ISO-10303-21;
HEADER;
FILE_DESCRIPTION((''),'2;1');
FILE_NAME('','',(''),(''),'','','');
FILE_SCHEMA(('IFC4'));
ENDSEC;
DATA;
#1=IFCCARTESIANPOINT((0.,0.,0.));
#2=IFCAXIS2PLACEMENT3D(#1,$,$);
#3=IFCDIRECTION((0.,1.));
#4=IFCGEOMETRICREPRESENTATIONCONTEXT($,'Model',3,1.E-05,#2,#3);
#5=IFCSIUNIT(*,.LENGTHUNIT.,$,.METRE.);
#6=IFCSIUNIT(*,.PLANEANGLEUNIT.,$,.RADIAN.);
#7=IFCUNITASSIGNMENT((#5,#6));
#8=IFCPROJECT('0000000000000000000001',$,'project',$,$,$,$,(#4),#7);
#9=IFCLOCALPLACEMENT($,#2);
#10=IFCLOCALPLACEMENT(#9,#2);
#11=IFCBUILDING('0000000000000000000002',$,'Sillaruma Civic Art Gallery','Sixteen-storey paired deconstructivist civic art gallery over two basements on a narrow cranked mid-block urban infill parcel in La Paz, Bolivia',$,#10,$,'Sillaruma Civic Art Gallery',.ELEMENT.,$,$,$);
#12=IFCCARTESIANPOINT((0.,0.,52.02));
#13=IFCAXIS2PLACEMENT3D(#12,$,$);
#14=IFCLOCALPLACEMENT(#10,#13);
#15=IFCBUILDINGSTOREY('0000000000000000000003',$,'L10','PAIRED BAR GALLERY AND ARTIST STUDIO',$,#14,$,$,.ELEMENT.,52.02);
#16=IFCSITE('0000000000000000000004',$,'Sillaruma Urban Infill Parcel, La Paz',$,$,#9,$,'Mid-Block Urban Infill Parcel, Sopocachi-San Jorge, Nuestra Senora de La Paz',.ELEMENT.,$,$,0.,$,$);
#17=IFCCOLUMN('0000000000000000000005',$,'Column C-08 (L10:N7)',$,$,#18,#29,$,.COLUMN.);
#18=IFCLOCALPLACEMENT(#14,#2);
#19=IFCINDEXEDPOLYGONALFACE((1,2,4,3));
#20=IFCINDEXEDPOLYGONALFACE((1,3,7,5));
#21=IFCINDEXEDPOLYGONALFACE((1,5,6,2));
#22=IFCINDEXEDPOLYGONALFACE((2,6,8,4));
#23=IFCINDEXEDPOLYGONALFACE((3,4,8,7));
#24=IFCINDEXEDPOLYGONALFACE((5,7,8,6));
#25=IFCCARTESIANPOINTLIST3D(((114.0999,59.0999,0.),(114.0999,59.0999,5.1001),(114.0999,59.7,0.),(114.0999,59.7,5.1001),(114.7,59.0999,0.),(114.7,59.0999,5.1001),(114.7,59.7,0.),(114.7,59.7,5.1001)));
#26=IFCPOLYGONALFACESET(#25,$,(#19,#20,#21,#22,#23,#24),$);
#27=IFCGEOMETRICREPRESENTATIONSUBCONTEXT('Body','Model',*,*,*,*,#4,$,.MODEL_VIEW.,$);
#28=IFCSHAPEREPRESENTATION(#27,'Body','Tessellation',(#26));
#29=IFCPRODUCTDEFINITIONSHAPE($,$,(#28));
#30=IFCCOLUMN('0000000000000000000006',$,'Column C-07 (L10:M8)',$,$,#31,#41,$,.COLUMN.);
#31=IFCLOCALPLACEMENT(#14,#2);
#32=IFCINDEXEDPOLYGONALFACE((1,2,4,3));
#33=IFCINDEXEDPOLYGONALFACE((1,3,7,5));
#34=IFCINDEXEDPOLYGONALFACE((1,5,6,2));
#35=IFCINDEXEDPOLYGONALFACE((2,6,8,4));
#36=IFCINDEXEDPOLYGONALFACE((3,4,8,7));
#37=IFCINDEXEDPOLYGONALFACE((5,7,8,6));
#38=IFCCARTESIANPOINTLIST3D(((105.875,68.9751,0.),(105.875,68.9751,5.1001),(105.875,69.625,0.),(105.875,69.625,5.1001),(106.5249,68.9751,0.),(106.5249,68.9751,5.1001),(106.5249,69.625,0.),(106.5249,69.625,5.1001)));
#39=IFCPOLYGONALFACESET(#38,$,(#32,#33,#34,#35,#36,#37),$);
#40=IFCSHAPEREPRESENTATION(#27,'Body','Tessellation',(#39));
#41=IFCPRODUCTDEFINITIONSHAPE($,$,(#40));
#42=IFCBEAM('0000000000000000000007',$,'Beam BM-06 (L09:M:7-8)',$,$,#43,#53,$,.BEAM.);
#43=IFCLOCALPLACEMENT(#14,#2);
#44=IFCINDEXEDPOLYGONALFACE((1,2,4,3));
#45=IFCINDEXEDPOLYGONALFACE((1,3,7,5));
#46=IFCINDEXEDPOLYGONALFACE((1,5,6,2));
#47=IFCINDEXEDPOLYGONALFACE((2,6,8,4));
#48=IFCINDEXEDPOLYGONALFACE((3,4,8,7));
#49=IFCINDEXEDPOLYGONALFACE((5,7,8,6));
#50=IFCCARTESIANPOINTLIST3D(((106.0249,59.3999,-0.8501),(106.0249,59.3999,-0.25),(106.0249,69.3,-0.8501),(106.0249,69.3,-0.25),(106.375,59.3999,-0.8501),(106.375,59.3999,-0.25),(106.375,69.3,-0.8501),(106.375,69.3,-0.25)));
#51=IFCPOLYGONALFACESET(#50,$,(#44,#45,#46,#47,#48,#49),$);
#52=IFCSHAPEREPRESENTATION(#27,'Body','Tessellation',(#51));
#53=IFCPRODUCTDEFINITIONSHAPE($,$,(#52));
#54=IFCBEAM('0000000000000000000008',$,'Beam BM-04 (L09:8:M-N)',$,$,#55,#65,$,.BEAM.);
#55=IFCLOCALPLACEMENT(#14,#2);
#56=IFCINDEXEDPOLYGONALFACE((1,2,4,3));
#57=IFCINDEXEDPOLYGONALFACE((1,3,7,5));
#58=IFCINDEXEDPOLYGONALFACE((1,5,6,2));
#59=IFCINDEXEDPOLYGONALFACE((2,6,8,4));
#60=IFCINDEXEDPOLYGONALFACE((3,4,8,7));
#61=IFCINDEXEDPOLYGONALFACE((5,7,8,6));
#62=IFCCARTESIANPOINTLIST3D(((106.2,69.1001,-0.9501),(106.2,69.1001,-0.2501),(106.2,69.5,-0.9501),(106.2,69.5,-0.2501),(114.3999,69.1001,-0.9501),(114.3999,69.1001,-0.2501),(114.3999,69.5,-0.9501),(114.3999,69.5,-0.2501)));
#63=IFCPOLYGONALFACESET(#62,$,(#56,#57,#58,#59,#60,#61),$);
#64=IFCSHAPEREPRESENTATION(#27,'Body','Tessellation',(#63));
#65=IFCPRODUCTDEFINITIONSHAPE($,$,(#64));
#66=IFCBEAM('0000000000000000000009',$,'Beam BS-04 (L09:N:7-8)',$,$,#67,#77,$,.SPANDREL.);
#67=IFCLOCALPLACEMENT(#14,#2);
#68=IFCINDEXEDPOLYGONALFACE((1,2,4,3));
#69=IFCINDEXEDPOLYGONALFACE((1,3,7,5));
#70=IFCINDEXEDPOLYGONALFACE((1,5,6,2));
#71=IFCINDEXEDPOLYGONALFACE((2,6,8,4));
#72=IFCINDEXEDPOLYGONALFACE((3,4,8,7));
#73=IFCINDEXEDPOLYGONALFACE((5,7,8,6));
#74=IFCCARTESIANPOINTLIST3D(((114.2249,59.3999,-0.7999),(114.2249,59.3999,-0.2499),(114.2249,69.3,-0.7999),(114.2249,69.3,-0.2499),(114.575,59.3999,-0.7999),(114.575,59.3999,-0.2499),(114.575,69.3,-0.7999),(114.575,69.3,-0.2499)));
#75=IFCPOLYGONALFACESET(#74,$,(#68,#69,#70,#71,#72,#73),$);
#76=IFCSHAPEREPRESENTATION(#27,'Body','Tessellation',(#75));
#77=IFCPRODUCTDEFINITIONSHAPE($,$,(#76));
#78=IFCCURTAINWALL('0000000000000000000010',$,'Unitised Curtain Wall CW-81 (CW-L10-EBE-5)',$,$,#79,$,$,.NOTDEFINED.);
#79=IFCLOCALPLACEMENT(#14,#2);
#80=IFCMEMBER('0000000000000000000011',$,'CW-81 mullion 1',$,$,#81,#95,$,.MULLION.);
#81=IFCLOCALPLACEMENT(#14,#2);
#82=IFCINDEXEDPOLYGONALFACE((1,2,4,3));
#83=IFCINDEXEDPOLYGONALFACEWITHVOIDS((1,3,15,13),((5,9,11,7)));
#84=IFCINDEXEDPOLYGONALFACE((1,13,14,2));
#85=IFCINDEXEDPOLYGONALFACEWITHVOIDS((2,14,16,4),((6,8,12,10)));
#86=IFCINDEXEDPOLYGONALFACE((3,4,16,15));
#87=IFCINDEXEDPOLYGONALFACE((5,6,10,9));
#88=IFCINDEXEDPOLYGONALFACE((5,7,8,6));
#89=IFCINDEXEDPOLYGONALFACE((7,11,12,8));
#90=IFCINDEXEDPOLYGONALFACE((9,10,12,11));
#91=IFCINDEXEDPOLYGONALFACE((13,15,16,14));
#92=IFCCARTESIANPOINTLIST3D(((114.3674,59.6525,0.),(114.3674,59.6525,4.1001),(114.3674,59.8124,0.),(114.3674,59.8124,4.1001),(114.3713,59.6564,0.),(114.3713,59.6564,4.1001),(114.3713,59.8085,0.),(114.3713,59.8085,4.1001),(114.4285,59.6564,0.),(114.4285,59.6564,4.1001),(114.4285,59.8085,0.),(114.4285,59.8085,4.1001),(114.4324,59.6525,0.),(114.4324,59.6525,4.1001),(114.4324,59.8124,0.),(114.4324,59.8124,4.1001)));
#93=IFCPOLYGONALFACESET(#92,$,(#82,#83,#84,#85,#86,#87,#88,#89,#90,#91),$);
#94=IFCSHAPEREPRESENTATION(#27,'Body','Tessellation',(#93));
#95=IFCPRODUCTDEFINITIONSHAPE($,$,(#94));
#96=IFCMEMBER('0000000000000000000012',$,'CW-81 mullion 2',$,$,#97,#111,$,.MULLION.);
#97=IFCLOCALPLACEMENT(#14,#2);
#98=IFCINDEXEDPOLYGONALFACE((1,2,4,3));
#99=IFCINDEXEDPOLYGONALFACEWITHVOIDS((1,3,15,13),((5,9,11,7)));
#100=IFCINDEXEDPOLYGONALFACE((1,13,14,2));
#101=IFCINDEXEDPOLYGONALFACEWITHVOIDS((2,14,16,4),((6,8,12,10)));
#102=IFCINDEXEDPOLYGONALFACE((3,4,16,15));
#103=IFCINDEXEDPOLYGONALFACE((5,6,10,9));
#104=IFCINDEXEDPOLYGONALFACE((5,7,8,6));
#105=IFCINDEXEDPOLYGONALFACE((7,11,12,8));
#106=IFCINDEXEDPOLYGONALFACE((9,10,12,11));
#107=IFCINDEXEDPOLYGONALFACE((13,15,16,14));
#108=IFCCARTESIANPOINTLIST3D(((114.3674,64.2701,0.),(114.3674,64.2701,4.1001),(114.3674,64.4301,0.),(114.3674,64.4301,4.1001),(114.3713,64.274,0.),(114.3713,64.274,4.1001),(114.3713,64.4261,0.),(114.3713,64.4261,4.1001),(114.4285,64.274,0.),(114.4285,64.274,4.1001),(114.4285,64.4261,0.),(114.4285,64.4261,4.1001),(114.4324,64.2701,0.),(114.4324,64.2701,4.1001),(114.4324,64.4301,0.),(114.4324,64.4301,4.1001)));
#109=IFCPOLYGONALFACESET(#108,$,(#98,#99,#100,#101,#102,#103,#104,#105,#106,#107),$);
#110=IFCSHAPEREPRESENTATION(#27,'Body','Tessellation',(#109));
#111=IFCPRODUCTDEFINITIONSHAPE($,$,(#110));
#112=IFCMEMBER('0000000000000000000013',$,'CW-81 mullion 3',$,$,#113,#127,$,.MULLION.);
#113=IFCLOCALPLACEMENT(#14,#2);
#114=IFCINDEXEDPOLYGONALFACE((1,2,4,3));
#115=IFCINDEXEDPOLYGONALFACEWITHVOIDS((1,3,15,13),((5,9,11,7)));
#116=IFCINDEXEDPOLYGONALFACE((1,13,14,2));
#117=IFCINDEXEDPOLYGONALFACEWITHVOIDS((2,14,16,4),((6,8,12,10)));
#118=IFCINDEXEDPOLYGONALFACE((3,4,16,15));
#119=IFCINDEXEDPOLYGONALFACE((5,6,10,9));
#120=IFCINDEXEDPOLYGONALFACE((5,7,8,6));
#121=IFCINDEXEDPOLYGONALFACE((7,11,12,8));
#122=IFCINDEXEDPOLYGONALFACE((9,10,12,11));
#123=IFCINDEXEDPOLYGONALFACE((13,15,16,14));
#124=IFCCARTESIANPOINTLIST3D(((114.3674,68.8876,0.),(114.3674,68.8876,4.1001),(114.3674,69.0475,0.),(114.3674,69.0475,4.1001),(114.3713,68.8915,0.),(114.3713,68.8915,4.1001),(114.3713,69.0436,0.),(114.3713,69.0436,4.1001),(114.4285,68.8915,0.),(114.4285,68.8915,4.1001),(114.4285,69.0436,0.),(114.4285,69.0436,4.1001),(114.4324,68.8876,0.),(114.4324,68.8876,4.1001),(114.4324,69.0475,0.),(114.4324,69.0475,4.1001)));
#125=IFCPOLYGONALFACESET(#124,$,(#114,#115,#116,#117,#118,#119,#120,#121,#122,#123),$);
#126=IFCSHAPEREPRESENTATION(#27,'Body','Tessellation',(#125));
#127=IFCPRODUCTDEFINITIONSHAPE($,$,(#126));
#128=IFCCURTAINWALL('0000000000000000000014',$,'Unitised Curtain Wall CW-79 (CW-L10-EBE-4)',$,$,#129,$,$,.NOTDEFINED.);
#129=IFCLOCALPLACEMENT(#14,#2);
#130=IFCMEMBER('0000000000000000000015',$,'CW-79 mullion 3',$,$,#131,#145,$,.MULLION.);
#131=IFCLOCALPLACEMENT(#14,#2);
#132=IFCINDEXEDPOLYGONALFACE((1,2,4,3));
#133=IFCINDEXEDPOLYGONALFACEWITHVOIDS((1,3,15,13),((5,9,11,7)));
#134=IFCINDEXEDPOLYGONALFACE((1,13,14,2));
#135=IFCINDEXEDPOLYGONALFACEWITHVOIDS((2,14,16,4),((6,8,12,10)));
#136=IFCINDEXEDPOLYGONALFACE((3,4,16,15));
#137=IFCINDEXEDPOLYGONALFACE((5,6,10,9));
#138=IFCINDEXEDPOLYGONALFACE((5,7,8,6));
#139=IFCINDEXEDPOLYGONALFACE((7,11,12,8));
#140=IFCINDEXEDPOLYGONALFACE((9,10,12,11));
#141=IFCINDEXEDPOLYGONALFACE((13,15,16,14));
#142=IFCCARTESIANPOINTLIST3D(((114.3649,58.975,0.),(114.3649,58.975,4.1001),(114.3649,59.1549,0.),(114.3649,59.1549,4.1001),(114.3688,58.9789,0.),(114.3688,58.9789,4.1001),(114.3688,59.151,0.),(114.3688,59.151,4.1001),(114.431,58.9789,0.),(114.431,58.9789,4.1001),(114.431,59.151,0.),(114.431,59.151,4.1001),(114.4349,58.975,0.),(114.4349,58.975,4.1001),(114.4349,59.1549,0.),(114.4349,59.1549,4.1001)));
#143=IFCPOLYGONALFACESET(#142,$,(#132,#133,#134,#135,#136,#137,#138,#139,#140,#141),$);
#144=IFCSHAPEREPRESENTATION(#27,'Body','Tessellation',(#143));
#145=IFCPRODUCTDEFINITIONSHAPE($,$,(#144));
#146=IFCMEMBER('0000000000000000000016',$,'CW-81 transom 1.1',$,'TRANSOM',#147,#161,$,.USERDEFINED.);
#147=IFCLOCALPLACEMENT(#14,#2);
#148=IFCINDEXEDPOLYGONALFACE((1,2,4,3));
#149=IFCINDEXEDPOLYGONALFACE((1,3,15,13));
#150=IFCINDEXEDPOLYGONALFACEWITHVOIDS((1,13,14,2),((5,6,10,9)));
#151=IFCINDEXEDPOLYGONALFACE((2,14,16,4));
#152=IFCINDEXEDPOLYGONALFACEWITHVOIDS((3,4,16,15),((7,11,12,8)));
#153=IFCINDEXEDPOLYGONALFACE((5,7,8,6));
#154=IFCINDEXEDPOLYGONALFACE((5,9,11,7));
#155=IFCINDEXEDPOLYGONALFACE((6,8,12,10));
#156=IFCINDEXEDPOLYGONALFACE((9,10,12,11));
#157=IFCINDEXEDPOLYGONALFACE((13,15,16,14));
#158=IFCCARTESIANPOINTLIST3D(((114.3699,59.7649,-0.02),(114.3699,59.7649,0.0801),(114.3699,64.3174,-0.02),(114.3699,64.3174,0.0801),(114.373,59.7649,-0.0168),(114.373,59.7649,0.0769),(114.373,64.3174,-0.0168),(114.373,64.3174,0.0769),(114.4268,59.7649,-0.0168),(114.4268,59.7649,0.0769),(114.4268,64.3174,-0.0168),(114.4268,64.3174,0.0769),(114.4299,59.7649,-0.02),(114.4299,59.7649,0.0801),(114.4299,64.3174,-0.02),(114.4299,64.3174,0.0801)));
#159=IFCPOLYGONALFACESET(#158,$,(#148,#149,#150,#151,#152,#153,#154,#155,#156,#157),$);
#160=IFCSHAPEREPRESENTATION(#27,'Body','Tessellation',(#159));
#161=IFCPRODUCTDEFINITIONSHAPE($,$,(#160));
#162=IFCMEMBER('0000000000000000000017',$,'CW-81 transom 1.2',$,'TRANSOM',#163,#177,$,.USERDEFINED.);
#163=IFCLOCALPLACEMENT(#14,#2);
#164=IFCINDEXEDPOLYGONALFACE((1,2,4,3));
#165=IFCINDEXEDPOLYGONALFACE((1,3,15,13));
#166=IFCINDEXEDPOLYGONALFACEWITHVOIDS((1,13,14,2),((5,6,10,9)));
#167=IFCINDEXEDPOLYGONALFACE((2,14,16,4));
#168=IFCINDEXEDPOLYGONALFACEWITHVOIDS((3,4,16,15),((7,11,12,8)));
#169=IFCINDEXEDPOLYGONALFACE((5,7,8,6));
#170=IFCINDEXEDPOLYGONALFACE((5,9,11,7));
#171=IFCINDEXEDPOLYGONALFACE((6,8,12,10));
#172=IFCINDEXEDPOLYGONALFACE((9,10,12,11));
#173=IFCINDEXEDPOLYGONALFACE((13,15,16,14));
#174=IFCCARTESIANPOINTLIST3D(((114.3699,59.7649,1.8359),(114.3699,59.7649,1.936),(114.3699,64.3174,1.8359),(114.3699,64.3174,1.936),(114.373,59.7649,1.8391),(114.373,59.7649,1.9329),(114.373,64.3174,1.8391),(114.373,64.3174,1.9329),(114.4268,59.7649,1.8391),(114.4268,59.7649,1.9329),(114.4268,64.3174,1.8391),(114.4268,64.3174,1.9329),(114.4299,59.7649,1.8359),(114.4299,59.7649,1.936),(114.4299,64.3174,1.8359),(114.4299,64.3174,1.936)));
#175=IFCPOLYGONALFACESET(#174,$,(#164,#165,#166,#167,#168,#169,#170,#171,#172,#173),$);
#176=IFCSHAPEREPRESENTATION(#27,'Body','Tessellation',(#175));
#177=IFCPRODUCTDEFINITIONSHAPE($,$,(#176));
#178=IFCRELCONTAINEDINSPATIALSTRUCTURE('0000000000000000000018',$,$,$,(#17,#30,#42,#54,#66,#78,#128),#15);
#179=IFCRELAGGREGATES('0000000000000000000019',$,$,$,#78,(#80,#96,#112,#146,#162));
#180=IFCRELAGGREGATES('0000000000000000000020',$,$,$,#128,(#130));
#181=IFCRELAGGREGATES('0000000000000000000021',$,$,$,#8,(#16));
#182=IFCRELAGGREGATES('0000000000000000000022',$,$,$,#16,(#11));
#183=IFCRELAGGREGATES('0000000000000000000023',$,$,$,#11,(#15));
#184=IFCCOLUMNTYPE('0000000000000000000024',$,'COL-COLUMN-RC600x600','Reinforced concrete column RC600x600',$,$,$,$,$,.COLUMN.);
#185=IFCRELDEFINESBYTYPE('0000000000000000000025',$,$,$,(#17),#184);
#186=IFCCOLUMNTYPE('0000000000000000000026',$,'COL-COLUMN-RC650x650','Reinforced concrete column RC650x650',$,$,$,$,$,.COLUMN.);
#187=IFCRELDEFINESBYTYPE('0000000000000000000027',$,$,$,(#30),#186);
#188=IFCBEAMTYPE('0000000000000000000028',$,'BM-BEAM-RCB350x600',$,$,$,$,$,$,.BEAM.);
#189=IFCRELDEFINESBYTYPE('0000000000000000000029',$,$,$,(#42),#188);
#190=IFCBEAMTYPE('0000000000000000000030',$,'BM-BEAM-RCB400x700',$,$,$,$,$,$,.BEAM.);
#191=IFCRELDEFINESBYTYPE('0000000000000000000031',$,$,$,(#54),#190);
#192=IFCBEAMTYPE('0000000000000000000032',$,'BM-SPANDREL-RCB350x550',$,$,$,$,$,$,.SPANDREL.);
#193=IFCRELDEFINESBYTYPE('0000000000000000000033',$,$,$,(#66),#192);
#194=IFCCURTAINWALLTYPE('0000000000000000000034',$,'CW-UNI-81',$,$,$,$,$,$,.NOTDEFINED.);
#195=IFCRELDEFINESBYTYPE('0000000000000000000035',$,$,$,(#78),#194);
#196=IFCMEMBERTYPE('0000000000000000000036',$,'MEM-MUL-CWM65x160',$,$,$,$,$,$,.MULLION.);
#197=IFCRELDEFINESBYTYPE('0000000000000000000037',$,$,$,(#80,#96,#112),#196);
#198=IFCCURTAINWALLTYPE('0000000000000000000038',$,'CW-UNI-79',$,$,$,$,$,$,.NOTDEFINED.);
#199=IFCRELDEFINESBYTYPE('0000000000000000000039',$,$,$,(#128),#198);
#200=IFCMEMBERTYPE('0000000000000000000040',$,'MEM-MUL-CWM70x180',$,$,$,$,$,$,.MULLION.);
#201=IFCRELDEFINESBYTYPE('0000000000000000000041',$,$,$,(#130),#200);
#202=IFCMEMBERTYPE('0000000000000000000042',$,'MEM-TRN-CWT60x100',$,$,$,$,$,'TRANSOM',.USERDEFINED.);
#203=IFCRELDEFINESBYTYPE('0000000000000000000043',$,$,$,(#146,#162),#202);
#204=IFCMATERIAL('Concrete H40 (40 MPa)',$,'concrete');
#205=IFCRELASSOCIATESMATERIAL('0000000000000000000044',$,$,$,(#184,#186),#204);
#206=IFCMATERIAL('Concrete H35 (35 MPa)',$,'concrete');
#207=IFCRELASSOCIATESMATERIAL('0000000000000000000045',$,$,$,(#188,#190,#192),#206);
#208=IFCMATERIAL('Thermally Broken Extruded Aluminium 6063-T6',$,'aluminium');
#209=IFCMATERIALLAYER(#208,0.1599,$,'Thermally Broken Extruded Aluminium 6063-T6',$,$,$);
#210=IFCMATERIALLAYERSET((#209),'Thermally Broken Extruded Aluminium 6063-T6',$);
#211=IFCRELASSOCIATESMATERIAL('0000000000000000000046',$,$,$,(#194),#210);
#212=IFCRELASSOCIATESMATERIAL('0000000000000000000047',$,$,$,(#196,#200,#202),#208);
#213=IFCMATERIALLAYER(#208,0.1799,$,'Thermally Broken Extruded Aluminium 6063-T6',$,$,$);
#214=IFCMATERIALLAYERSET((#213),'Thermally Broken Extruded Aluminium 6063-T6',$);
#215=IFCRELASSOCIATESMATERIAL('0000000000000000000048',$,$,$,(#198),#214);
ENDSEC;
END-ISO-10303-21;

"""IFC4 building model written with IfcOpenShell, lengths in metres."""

from ifc_helpers import new_model, si_unit, direction, frame, origin, origin_2d, place, context, subcontext, project, spatial, rectangle, hollow_rectangle, extrude, material, layer, layer_set, material_profile, profile_set, type_object, element, aggregate, save


model = new_model("IFC4")

# Units and contexts
model_context = context("Model", 3, precision=1e-05, world=origin(), true_north=direction((0.0, 1.0)))
body_context = subcontext(model_context, "Body", "Model", "MODEL_VIEW")
ifc_project = project(units=[si_unit("LENGTHUNIT", "METRE"), si_unit("PLANEANGLEUNIT", "RADIAN")], contexts=[model_context])

# Site, building, storey
site_placement = place(None, origin())
site = spatial("IfcSite", under=ifc_project, at=site_placement, Name="Sillaruma Urban Infill Parcel, La Paz", LongName="Mid-Block Urban Infill Parcel, Sopocachi-San Jorge, Nuestra Senora de La Paz", CompositionType="ELEMENT", RefElevation=0.0)
building_placement = place(site_placement, origin())
building = spatial("IfcBuilding", under=site, at=building_placement, Name="Sillaruma Civic Art Gallery", Description="Sixteen-storey paired deconstructivist civic art gallery over two basements on a narrow cranked mid-block urban infill parcel in La Paz, Bolivia", LongName="Sillaruma Civic Art Gallery", CompositionType="ELEMENT")
storey_placement = place(building_placement, frame((0.0, 0.0, 52.02)))
storey = spatial("IfcBuildingStorey", under=building, at=storey_placement, Name="L10", Description="PAIRED BAR GALLERY AND ARTIST STUDIO", CompositionType="ELEMENT", Elevation=52.02)

# Columns
ifc_material_1 = material(Name="Concrete H40 (40 MPa)", Category="concrete")
ifc_material_profile_1 = material_profile(ifc_material_1, rectangle(XDim=0.6001, YDim=0.6001, at=origin_2d()), Name="RC600x600")
ifc_profile_set_1 = profile_set([ifc_material_profile_1], Name="Concrete H40 (40 MPa)")
column_type_1 = type_object("IfcColumnType", Name="COL-COLUMN-RC600x600", Description="Reinforced concrete column RC600x600", PredefinedType="COLUMN", material=ifc_profile_set_1)
column_1_placement = place(storey_placement, frame((114.3999, 59.3999, 0.0), z_axis=(0.0, 0.0, 1.0), x_axis=(1.0, 0.0, 0.0)))
element("IfcColumn", 1, at=column_1_placement, inside=storey, type_object=column_type_1, Name="Column C-08 (L10:N7)", PredefinedType="COLUMN", context=body_context, shape_type="SweptSolid", body=[
    extrude(rectangle(XDim=0.6001, YDim=0.6001, at=origin_2d()), origin(), (0.0, 0.0, 1.0), 5.1001),
])
ifc_material_profile_2 = material_profile(ifc_material_1, rectangle(XDim=0.6499, YDim=0.6499, at=origin_2d()), Name="RC650x650")
ifc_profile_set_2 = profile_set([ifc_material_profile_2], Name="Concrete H40 (40 MPa)")
column_type_2 = type_object("IfcColumnType", Name="COL-COLUMN-RC650x650", Description="Reinforced concrete column RC650x650", PredefinedType="COLUMN", material=ifc_profile_set_2)
column_2_placement = place(storey_placement, frame((106.2, 69.3, 0.0), z_axis=(0.0, 0.0, 1.0), x_axis=(1.0, 0.0, 0.0)))
element("IfcColumn", 2, at=column_2_placement, inside=storey, type_object=column_type_2, Name="Column C-07 (L10:M8)", PredefinedType="COLUMN", context=body_context, shape_type="SweptSolid", body=[
    extrude(rectangle(XDim=0.6499, YDim=0.6499, at=origin_2d()), origin(), (0.0, 0.0, 1.0), 5.1001),
])

# Beams
ifc_material_2 = material(Name="Concrete H35 (35 MPa)", Category="concrete")
ifc_material_profile_3 = material_profile(ifc_material_2, rectangle(XDim=0.3501, YDim=0.6001, at=origin_2d()), Name="RCB350x600")
ifc_profile_set_3 = profile_set([ifc_material_profile_3], Name="Concrete H35 (35 MPa)")
beam_type_1 = type_object("IfcBeamType", Name="BM-BEAM-RCB350x600", PredefinedType="BEAM", material=ifc_profile_set_3)
beam_1_placement = place(storey_placement, frame((106.2, 59.3999, -0.55), z_axis=(0.0, 1.0, 0.0), x_axis=(-1.0, 0.0, 0.0)))
element("IfcBeam", 3, at=beam_1_placement, inside=storey, type_object=beam_type_1, Name="Beam BM-06 (L09:M:7-8)", PredefinedType="BEAM", context=body_context, shape_type="SweptSolid", body=[
    extrude(rectangle(XDim=0.3501, YDim=0.6001, at=origin_2d()), origin(), (0.0, 0.0, 1.0), 9.9001),
])
ifc_material_profile_4 = material_profile(ifc_material_2, rectangle(XDim=0.3999, YDim=0.7, at=origin_2d()), Name="RCB400x700")
ifc_profile_set_4 = profile_set([ifc_material_profile_4], Name="Concrete H35 (35 MPa)")
beam_type_2 = type_object("IfcBeamType", Name="BM-BEAM-RCB400x700", PredefinedType="BEAM", material=ifc_profile_set_4)
beam_2_placement = place(storey_placement, frame((106.2, 69.3, -0.6001), z_axis=(1.0, 0.0, 0.0), x_axis=(0.0, 1.0, 0.0)))
element("IfcBeam", 4, at=beam_2_placement, inside=storey, type_object=beam_type_2, Name="Beam BM-04 (L09:8:M-N)", PredefinedType="BEAM", context=body_context, shape_type="SweptSolid", body=[
    extrude(rectangle(XDim=0.3999, YDim=0.7, at=origin_2d()), origin(), (0.0, 0.0, 1.0), 8.2),
])
ifc_material_profile_5 = material_profile(ifc_material_2, rectangle(XDim=0.3501, YDim=0.55, at=origin_2d()), Name="RCB350x550")
ifc_profile_set_5 = profile_set([ifc_material_profile_5], Name="Concrete H35 (35 MPa)")
beam_type_3 = type_object("IfcBeamType", Name="BM-SPANDREL-RCB350x550", PredefinedType="SPANDREL", material=ifc_profile_set_5)
beam_3_placement = place(storey_placement, frame((114.3999, 59.3999, -0.5249), z_axis=(0.0, 1.0, 0.0), x_axis=(-1.0, 0.0, 0.0)))
element("IfcBeam", 5, at=beam_3_placement, inside=storey, type_object=beam_type_3, Name="Beam BS-04 (L09:N:7-8)", PredefinedType="SPANDREL", context=body_context, shape_type="SweptSolid", body=[
    extrude(rectangle(XDim=0.3501, YDim=0.55, at=origin_2d()), origin(), (0.0, 0.0, 1.0), 9.9001),
])

# Curtain wall, members
ifc_material_3 = material(Name="Thermally Broken Extruded Aluminium 6063-T6", Category="aluminium")
ifc_layer_1 = layer(ifc_material_3, 0.1599, Name="Thermally Broken Extruded Aluminium 6063-T6")
ifc_layer_set_1 = layer_set([ifc_layer_1], Name="Thermally Broken Extruded Aluminium 6063-T6")
curtain_wall_type_1 = type_object("IfcCurtainWallType", Name="CW-UNI-81", PredefinedType="NOTDEFINED", material=ifc_layer_set_1)
curtain_wall_1_placement = place(storey_placement, origin())
curtain_wall_1 = element("IfcCurtainWall", 6, at=curtain_wall_1_placement, inside=storey, type_object=curtain_wall_type_1, Name="Unitised Curtain Wall CW-81 (CW-L10-EBE-5)", PredefinedType="NOTDEFINED")
ifc_material_profile_6 = material_profile(ifc_material_3, hollow_rectangle(XDim=0.0649, YDim=0.1599, WallThickness=0.0039, at=origin_2d()), Name="CWM65x160")
ifc_profile_set_6 = profile_set([ifc_material_profile_6], Name="Thermally Broken Extruded Aluminium 6063-T6")
member_type_1 = type_object("IfcMemberType", Name="MEM-MUL-CWM65x160", PredefinedType="MULLION", material=ifc_profile_set_6)
member_1_placement = place(storey_placement, frame((114.3999, 59.7324, 0.0), z_axis=(0.0, 0.0, 1.0), x_axis=(-1.0, 0.0, 0.0)))
member_1 = element("IfcMember", 7, at=member_1_placement, type_object=member_type_1, Name="CW-81 mullion 1", PredefinedType="MULLION", context=body_context, shape_type="SweptSolid", body=[
    extrude(hollow_rectangle(XDim=0.0649, YDim=0.1599, WallThickness=0.0039, at=origin_2d()), origin(), (0.0, 0.0, 1.0), 4.1001),
])
member_2_placement = place(storey_placement, frame((114.3999, 64.3501, 0.0), z_axis=(0.0, 0.0, 1.0), x_axis=(-1.0, 0.0, 0.0)))
member_2 = element("IfcMember", 8, at=member_2_placement, type_object=member_type_1, Name="CW-81 mullion 2", PredefinedType="MULLION", context=body_context, shape_type="SweptSolid", body=[
    extrude(hollow_rectangle(XDim=0.0649, YDim=0.1599, WallThickness=0.0039, at=origin_2d()), origin(), (0.0, 0.0, 1.0), 4.1001),
])
member_3_placement = place(storey_placement, frame((114.3999, 68.9675, 0.0), z_axis=(0.0, 0.0, 1.0), x_axis=(-1.0, 0.0, 0.0)))
member_3 = element("IfcMember", 9, at=member_3_placement, type_object=member_type_1, Name="CW-81 mullion 3", PredefinedType="MULLION", context=body_context, shape_type="SweptSolid", body=[
    extrude(hollow_rectangle(XDim=0.0649, YDim=0.1599, WallThickness=0.0039, at=origin_2d()), origin(), (0.0, 0.0, 1.0), 4.1001),
])

# Curtain wall, member
ifc_layer_2 = layer(ifc_material_3, 0.1799, Name="Thermally Broken Extruded Aluminium 6063-T6")
ifc_layer_set_2 = layer_set([ifc_layer_2], Name="Thermally Broken Extruded Aluminium 6063-T6")
curtain_wall_type_2 = type_object("IfcCurtainWallType", Name="CW-UNI-79", PredefinedType="NOTDEFINED", material=ifc_layer_set_2)
curtain_wall_2_placement = place(storey_placement, origin())
curtain_wall_2 = element("IfcCurtainWall", 10, at=curtain_wall_2_placement, inside=storey, type_object=curtain_wall_type_2, Name="Unitised Curtain Wall CW-79 (CW-L10-EBE-4)", PredefinedType="NOTDEFINED")
ifc_material_profile_7 = material_profile(ifc_material_3, hollow_rectangle(XDim=0.0701, YDim=0.1799, WallThickness=0.0039, at=origin_2d()), Name="CWM70x180")
ifc_profile_set_7 = profile_set([ifc_material_profile_7], Name="Thermally Broken Extruded Aluminium 6063-T6")
member_type_2 = type_object("IfcMemberType", Name="MEM-MUL-CWM70x180", PredefinedType="MULLION", material=ifc_profile_set_7)
member_4_placement = place(storey_placement, frame((114.3999, 59.0649, 0.0), z_axis=(0.0, 0.0, 1.0), x_axis=(-1.0, 0.0, 0.0)))
member_4 = element("IfcMember", 11, at=member_4_placement, type_object=member_type_2, Name="CW-79 mullion 3", PredefinedType="MULLION", context=body_context, shape_type="SweptSolid", body=[
    extrude(hollow_rectangle(XDim=0.0701, YDim=0.1799, WallThickness=0.0039, at=origin_2d()), origin(), (0.0, 0.0, 1.0), 4.1001),
])

# Members
ifc_material_profile_8 = material_profile(ifc_material_3, hollow_rectangle(XDim=0.0601, YDim=0.1001, WallThickness=0.0032, at=origin_2d()), Name="CWT60x100")
ifc_profile_set_8 = profile_set([ifc_material_profile_8], Name="Thermally Broken Extruded Aluminium 6063-T6")
member_type_3 = type_object("IfcMemberType", Name="MEM-TRN-CWT60x100", ElementType="TRANSOM", PredefinedType="USERDEFINED", material=ifc_profile_set_8)
member_5_placement = place(storey_placement, frame((114.3999, 59.7649, 0.03), z_axis=(0.0, 1.0, 0.0), x_axis=(-1.0, 0.0, 0.0)))
member_5 = element("IfcMember", 12, at=member_5_placement, type_object=member_type_3, Name="CW-81 transom 1.1", ObjectType="TRANSOM", PredefinedType="USERDEFINED", context=body_context, shape_type="SweptSolid", body=[
    extrude(hollow_rectangle(XDim=0.0601, YDim=0.1001, WallThickness=0.0032, at=origin_2d()), origin(), (0.0, 0.0, 1.0), 4.5525),
])
member_6_placement = place(storey_placement, frame((114.3999, 59.7649, 1.886), z_axis=(0.0, 1.0, 0.0), x_axis=(-1.0, 0.0, 0.0)))
member_6 = element("IfcMember", 13, at=member_6_placement, type_object=member_type_3, Name="CW-81 transom 1.2", ObjectType="TRANSOM", PredefinedType="USERDEFINED", context=body_context, shape_type="SweptSolid", body=[
    extrude(hollow_rectangle(XDim=0.0601, YDim=0.1001, WallThickness=0.0032, at=origin_2d()), origin(), (0.0, 0.0, 1.0), 4.5525),
])

aggregate(curtain_wall_1, [member_1, member_2, member_3, member_5, member_6])
aggregate(curtain_wall_2, [member_4])

save(model, "model.ifc")
